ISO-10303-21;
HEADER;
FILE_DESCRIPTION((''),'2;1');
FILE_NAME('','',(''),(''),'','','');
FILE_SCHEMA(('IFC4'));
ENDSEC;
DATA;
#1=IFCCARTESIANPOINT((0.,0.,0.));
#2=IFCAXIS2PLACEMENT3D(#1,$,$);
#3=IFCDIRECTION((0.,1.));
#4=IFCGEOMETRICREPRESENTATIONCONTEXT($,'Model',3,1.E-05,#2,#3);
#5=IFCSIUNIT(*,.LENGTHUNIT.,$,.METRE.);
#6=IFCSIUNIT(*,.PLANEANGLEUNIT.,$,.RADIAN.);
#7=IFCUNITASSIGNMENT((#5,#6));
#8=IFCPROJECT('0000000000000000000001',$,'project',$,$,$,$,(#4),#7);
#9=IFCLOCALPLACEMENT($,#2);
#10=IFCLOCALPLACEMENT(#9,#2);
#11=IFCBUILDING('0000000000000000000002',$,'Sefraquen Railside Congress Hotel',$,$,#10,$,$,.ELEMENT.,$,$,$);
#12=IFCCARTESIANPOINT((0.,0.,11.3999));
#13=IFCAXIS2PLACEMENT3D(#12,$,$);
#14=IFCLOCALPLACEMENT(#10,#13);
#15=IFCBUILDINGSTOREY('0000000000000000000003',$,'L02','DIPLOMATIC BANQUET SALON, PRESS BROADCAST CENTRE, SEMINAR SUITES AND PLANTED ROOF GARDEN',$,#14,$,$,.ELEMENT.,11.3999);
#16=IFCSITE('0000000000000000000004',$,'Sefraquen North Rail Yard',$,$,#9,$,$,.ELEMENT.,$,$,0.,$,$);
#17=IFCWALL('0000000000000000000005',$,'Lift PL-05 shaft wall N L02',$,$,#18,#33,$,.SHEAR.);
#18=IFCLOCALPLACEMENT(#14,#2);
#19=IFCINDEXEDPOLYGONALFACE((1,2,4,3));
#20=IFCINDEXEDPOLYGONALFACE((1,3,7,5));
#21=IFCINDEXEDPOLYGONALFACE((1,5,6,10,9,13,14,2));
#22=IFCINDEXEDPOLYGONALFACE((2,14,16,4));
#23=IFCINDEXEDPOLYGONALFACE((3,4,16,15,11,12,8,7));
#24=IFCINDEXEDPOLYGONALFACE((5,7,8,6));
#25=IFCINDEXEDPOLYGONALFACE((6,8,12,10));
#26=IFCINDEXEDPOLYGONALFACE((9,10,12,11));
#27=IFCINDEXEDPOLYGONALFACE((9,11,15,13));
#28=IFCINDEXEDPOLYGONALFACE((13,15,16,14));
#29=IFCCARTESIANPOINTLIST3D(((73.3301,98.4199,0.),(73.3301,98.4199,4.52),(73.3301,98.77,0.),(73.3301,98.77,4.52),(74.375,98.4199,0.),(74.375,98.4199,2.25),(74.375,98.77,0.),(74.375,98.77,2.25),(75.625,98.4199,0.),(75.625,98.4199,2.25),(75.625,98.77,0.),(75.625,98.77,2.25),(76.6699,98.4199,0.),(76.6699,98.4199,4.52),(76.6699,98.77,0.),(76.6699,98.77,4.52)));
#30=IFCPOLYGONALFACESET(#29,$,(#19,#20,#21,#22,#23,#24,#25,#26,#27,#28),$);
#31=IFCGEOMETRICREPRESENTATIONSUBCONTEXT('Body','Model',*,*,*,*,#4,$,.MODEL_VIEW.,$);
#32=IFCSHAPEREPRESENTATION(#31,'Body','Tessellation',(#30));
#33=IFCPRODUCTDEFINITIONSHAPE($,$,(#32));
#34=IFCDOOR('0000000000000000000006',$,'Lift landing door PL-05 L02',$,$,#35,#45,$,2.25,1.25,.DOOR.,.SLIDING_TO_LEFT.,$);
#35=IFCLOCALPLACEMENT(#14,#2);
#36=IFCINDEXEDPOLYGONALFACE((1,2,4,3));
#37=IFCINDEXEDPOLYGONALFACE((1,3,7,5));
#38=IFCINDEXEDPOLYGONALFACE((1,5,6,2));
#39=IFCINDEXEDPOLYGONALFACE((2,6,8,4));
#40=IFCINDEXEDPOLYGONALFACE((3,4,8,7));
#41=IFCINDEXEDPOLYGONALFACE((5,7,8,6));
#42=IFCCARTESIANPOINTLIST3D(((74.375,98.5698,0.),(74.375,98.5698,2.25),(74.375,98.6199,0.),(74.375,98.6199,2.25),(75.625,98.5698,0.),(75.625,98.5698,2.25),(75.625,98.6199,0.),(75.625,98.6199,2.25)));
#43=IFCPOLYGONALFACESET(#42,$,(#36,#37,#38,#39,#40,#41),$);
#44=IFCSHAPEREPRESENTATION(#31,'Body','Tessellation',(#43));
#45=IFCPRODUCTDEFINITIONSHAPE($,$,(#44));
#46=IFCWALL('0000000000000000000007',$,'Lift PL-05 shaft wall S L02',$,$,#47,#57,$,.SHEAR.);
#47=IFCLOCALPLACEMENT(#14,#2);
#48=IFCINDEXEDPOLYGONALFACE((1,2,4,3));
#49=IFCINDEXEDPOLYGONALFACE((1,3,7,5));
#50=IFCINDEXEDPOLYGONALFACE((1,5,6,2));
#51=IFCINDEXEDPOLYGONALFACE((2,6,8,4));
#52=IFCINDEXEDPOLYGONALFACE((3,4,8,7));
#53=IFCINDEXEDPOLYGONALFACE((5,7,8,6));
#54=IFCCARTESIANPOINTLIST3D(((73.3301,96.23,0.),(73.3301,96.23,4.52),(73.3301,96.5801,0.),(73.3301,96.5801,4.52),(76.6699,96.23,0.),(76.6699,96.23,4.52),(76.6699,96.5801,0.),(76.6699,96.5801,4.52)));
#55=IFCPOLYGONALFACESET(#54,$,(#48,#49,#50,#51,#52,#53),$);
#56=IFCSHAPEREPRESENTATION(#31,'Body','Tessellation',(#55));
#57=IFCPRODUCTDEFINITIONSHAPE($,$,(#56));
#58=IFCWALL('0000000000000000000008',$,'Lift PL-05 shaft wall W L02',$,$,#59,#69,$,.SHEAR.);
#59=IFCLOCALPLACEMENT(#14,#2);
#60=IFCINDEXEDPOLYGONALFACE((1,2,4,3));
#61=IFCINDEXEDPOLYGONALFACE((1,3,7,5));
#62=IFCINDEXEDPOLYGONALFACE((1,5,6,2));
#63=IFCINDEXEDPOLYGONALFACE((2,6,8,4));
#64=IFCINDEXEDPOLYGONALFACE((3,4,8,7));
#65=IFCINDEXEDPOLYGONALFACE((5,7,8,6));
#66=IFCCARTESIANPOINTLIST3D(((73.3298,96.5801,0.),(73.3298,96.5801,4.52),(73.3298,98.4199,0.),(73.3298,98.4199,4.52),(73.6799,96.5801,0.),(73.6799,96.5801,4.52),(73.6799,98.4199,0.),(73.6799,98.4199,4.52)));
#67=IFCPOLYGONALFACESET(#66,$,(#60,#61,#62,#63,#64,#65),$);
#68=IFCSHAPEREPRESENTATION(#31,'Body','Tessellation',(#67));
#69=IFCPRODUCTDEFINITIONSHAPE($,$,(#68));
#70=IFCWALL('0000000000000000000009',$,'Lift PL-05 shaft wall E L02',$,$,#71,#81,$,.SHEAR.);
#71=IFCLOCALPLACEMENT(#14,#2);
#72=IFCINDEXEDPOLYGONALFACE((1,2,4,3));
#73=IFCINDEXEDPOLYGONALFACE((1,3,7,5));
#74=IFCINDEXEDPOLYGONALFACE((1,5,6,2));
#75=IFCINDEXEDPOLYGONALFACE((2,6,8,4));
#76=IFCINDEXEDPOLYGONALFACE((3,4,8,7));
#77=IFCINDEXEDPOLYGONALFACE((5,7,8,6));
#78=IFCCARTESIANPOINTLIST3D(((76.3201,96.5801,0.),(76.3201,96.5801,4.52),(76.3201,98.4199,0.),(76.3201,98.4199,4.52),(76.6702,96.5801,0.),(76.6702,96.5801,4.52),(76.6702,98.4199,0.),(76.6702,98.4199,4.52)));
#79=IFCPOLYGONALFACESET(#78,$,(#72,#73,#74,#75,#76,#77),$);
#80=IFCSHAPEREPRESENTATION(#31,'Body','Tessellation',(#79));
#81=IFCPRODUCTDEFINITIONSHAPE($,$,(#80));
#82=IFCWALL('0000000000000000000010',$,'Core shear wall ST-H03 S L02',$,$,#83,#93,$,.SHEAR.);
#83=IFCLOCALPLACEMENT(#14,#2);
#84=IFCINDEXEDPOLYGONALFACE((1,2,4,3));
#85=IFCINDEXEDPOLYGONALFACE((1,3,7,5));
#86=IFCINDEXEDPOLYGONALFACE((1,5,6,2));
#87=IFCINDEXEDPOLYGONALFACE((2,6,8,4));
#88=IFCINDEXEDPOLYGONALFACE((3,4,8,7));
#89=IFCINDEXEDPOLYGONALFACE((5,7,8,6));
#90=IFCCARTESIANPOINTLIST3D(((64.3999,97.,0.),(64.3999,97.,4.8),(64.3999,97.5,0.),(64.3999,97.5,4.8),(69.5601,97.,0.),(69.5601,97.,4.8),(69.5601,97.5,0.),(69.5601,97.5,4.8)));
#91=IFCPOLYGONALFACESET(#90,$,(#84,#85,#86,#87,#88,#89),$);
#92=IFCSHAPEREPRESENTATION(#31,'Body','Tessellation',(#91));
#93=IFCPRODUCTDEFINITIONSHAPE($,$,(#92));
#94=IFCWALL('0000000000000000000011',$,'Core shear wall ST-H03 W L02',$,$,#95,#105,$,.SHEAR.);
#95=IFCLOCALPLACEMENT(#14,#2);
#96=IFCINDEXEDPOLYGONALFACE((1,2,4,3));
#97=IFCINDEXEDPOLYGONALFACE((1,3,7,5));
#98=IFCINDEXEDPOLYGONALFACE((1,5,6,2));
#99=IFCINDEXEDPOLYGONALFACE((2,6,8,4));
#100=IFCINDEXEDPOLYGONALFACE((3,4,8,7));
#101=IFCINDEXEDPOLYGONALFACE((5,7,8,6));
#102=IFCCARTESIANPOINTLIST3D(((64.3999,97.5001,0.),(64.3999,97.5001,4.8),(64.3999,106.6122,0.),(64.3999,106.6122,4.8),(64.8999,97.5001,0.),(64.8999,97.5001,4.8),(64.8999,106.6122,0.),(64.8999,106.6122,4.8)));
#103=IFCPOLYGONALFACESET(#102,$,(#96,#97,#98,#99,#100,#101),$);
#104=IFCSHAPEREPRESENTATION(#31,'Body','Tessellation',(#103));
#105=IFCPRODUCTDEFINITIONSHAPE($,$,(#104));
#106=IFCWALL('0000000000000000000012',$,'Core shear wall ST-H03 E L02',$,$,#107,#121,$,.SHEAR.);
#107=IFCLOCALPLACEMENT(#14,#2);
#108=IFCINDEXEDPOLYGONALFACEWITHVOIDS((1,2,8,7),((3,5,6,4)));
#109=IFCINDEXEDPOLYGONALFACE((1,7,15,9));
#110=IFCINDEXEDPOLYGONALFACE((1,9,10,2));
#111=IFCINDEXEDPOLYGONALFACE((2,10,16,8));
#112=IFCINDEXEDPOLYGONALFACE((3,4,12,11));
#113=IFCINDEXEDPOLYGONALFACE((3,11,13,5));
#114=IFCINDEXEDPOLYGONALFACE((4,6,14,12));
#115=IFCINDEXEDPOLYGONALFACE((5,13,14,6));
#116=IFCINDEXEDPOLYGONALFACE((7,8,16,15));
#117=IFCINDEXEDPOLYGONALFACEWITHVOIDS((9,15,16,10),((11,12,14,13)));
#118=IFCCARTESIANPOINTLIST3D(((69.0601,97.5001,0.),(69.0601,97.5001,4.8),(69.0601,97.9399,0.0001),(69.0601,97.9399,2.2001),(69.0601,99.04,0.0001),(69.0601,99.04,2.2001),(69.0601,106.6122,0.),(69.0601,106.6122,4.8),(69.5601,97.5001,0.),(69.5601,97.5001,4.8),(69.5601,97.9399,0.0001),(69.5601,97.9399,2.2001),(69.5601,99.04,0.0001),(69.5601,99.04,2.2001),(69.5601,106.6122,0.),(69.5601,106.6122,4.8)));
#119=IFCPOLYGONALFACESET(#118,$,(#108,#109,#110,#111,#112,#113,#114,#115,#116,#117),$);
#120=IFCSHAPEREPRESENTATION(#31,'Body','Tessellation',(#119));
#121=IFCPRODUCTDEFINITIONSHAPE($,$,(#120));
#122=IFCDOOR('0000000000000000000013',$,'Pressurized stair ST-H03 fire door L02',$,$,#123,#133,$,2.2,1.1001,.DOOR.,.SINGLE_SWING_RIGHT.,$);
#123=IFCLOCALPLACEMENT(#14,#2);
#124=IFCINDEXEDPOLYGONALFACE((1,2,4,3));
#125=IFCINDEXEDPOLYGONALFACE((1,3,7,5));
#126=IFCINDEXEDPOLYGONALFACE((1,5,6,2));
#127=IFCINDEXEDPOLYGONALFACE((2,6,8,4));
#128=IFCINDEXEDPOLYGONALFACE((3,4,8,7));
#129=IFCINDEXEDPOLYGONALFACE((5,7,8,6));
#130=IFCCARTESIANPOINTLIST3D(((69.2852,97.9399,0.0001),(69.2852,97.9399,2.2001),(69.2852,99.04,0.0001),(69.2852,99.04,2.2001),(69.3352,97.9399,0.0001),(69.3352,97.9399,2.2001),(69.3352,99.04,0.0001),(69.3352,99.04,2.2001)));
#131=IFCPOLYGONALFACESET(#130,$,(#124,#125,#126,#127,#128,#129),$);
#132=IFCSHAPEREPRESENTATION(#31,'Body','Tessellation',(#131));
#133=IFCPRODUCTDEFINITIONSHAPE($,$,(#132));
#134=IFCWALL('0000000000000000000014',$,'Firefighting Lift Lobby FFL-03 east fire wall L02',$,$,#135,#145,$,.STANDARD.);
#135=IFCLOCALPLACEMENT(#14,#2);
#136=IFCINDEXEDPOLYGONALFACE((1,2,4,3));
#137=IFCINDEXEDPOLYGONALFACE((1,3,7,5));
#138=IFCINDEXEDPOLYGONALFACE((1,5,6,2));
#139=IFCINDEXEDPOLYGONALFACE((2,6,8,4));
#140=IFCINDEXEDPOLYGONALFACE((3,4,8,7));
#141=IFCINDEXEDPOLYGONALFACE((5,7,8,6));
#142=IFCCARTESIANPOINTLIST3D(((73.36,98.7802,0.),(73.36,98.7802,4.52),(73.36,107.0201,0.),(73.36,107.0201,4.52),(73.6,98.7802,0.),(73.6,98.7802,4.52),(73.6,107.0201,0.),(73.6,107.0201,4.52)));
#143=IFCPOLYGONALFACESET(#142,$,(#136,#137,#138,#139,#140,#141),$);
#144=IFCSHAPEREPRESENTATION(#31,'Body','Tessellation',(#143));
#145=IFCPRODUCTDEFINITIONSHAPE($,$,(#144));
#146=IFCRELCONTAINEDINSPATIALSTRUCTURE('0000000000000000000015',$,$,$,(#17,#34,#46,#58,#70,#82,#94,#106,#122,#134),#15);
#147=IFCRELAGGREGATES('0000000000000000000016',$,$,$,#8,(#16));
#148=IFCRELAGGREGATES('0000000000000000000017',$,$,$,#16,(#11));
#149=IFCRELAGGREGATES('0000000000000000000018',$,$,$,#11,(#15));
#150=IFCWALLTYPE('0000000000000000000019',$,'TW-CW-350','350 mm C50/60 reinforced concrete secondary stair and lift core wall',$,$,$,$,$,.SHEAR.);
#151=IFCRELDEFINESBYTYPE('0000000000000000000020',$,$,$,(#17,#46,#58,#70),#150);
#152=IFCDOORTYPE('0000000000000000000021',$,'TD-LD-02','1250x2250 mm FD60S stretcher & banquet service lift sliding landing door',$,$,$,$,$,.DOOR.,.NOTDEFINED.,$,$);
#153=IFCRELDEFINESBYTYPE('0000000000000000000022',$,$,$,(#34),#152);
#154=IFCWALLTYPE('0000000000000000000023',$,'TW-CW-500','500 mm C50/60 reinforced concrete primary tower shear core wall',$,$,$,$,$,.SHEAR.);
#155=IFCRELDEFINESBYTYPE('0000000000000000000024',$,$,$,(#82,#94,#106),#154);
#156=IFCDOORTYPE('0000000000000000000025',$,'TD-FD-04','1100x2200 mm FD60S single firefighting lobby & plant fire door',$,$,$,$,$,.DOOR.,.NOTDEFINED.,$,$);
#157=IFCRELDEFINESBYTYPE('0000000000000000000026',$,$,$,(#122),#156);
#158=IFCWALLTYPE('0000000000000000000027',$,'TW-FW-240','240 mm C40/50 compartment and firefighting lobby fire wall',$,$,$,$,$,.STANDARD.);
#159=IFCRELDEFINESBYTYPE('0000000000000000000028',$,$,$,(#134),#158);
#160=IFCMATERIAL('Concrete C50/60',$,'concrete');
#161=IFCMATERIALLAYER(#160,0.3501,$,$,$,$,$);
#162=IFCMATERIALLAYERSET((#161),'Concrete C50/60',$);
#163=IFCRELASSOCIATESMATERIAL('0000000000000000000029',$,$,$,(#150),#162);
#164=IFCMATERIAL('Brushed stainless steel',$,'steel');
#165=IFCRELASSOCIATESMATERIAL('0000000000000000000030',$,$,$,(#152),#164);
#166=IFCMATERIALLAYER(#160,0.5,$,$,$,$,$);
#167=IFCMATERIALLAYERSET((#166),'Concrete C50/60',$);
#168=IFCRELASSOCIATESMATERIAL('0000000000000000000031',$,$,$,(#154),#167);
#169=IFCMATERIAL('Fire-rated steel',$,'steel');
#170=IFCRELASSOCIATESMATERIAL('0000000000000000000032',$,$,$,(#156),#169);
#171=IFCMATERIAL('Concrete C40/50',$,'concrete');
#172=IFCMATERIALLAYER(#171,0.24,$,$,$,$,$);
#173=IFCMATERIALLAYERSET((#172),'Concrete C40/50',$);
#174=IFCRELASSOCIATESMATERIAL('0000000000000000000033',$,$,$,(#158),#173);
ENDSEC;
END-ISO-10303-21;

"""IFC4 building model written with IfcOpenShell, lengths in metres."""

from ifc_helpers import new_model, si_unit, direction, frame, frame_2d, origin, place, context, subcontext, project, spatial, rectangle, extrude, material, layer, layer_set, type_object, element, fill, save


model = new_model("IFC4")

# Units and contexts
model_context = context("Model", 3, precision=1e-05, world=origin(), true_north=direction((0.0, 1.0)))
body_context = subcontext(model_context, "Body", "Model", "MODEL_VIEW")
ifc_project = project(units=[si_unit("LENGTHUNIT", "METRE"), si_unit("PLANEANGLEUNIT", "RADIAN")], contexts=[model_context])

# Site, building, storey
site_placement = place(None, origin())
site = spatial("IfcSite", under=ifc_project, at=site_placement, Name="Sefraquen North Rail Yard", CompositionType="ELEMENT", RefElevation=0.0)
building_placement = place(site_placement, origin())
building = spatial("IfcBuilding", under=site, at=building_placement, Name="Sefraquen Railside Congress Hotel", CompositionType="ELEMENT")
storey_placement = place(building_placement, frame((0.0, 0.0, 11.3999)))
storey = spatial("IfcBuildingStorey", under=building, at=storey_placement, Name="L02", Description="DIPLOMATIC BANQUET SALON, PRESS BROADCAST CENTRE, SEMINAR SUITES AND PLANTED ROOF GARDEN", CompositionType="ELEMENT", Elevation=11.3999)

# Shared definitions
ifc_material_1 = material(Name="Concrete C50/60", Category="concrete")

# Shared definitions
ifc_layer_1 = layer(ifc_material_1, 0.3501)
ifc_layer_set_1 = layer_set([ifc_layer_1], Name="Concrete C50/60")
wall_type_1 = type_object("IfcWallType", Name="TW-CW-350", Description="350 mm C50/60 reinforced concrete secondary stair and lift core wall", PredefinedType="SHEAR", material=ifc_layer_set_1)

# Wall, opening, door
wall_1_placement = place(storey_placement, frame((73.3301, 98.595, 0.0), z_axis=(0.0, 0.0, 1.0), x_axis=(1.0, 0.0, 0.0)))
wall_1 = element("IfcWall", 1, at=wall_1_placement, inside=storey, type_object=wall_type_1, Name="Lift PL-05 shaft wall N L02", PredefinedType="SHEAR", context=body_context, shape_type="SweptSolid", body=[
    extrude(rectangle(XDim=3.3398, YDim=0.3501, at=frame_2d((1.6699, 0.0))), origin(), (0.0, 0.0, 1.0), 4.52),
])
opening_1_placement = place(wall_1_placement, frame((1.0449, 0.0, 0.0)))
opening_1 = element("IfcOpeningElement", 2, at=opening_1_placement, cuts=wall_1, PredefinedType="OPENING", context=body_context, shape_type="SweptSolid", body=[
    extrude(rectangle(XDim=1.25, YDim=2.25, at=frame_2d((0.625, 1.125))), frame((0.0, 0.1851, 0.0), z_axis=(0.0, -1.0, 0.0), x_axis=(1.0, 0.0, 0.0)), (0.0, 0.0, 1.0), 0.3701),
])
ifc_material_2 = material(Name="Brushed stainless steel", Category="steel")
door_type_1 = type_object("IfcDoorType", Name="TD-LD-02", Description="1250x2250 mm FD60S stretcher & banquet service lift sliding landing door", OperationType="NOTDEFINED", PredefinedType="DOOR", material=ifc_material_2)
door_1_placement = place(opening_1_placement, origin())
door_1 = element("IfcDoor", 3, at=door_1_placement, inside=storey, type_object=door_type_1, Name="Lift landing door PL-05 L02", OperationType="SLIDING_TO_LEFT", OverallHeight=2.25, OverallWidth=1.25, PredefinedType="DOOR", context=body_context, shape_type="SweptSolid", body=[
    extrude(rectangle(XDim=1.25, YDim=2.25, at=frame_2d((0.625, 1.125))), frame((0.0, 0.0249, 0.0), z_axis=(0.0, -1.0, 0.0), x_axis=(1.0, 0.0, 0.0)), (0.0, 0.0, 1.0), 0.05),
])
fill(opening_1, door_1)

# Walls
wall_2_placement = place(storey_placement, frame((73.3301, 96.405, 0.0), z_axis=(0.0, 0.0, 1.0), x_axis=(1.0, 0.0, 0.0)))
element("IfcWall", 4, at=wall_2_placement, inside=storey, type_object=wall_type_1, Name="Lift PL-05 shaft wall S L02", PredefinedType="SHEAR", context=body_context, shape_type="SweptSolid", body=[
    extrude(rectangle(XDim=3.3398, YDim=0.3501, at=frame_2d((1.6699, 0.0))), origin(), (0.0, 0.0, 1.0), 4.52),
])
for number, where, z_axis, x_axis, name in (
    (5, (73.5049, 96.5801, 0.0), (0.0, 0.0, 1.0), (0.0, 1.0, 0.0), "Lift PL-05 shaft wall W L02"),
    (6, (76.4951, 96.5801, 0.0), (0.0, 0.0, 1.0), (0.0, 1.0, 0.0), "Lift PL-05 shaft wall E L02"),
):
    element("IfcWall", number, at=place(storey_placement, frame(where, z_axis=z_axis, x_axis=x_axis)), inside=storey, type_object=wall_type_1, Name=name, PredefinedType="SHEAR", context=body_context, shape_type="SweptSolid", body=[
        extrude(rectangle(XDim=1.8398, YDim=0.3501, at=frame_2d((0.9199, 0.0))), origin(), (0.0, 0.0, 1.0), 4.52),
    ])
ifc_layer_2 = layer(ifc_material_1, 0.5)
ifc_layer_set_2 = layer_set([ifc_layer_2], Name="Concrete C50/60")
wall_type_2 = type_object("IfcWallType", Name="TW-CW-500", Description="500 mm C50/60 reinforced concrete primary tower shear core wall", PredefinedType="SHEAR", material=ifc_layer_set_2)
wall_3_placement = place(storey_placement, frame((64.3999, 97.25, 0.0), z_axis=(0.0, 0.0, 1.0), x_axis=(1.0, 0.0, 0.0)))
element("IfcWall", 7, at=wall_3_placement, inside=storey, type_object=wall_type_2, Name="Core shear wall ST-H03 S L02", PredefinedType="SHEAR", context=body_context, shape_type="SweptSolid", body=[
    extrude(rectangle(XDim=5.1602, YDim=0.5, at=frame_2d((2.5801, 0.0))), origin(), (0.0, 0.0, 1.0), 4.8),
])
wall_4_placement = place(storey_placement, frame((64.6499, 97.5, 0.0), z_axis=(0.0, 0.0, 1.0), x_axis=(0.0, 1.0, 0.0)))
element("IfcWall", 8, at=wall_4_placement, inside=storey, type_object=wall_type_2, Name="Core shear wall ST-H03 W L02", PredefinedType="SHEAR", context=body_context, shape_type="SweptSolid", body=[
    extrude(rectangle(XDim=9.1121, YDim=0.5, at=frame_2d((4.5562, 0.0))), origin(), (0.0, 0.0, 1.0), 4.8),
])

# Wall, opening, door
wall_5_placement = place(storey_placement, frame((69.3101, 97.5, 0.0), z_axis=(0.0, 0.0, 1.0), x_axis=(0.0, 1.0, 0.0)))
wall_5 = element("IfcWall", 9, at=wall_5_placement, inside=storey, type_object=wall_type_2, Name="Core shear wall ST-H03 E L02", PredefinedType="SHEAR", context=body_context, shape_type="SweptSolid", body=[
    extrude(rectangle(XDim=9.1121, YDim=0.5, at=frame_2d((4.5562, 0.0))), origin(), (0.0, 0.0, 1.0), 4.8),
])
opening_2_placement = place(wall_5_placement, frame((0.4399, 0.0, 0.0)))
opening_2 = element("IfcOpeningElement", 10, at=opening_2_placement, cuts=wall_5, PredefinedType="OPENING", context=body_context, shape_type="SweptSolid", body=[
    extrude(rectangle(XDim=1.1001, YDim=2.2, at=frame_2d((0.55, 1.1001))), frame((0.0, 0.26, 0.0), z_axis=(0.0, -1.0, 0.0), x_axis=(1.0, 0.0, 0.0)), (0.0, 0.0, 1.0), 0.52),
])
ifc_material_3 = material(Name="Fire-rated steel", Category="steel")
door_type_2 = type_object("IfcDoorType", Name="TD-FD-04", Description="1100x2200 mm FD60S single firefighting lobby & plant fire door", OperationType="NOTDEFINED", PredefinedType="DOOR", material=ifc_material_3)
door_2_placement = place(opening_2_placement, origin())
door_2 = element("IfcDoor", 11, at=door_2_placement, inside=storey, type_object=door_type_2, Name="Pressurized stair ST-H03 fire door L02", OperationType="SINGLE_SWING_RIGHT", OverallHeight=2.2, OverallWidth=1.1001, PredefinedType="DOOR", context=body_context, shape_type="SweptSolid", body=[
    extrude(rectangle(XDim=1.1001, YDim=2.2, at=frame_2d((0.55, 1.1001))), frame((0.0, 0.0249, 0.0), z_axis=(0.0, -1.0, 0.0), x_axis=(1.0, 0.0, 0.0)), (0.0, 0.0, 1.0), 0.05),
])
fill(opening_2, door_2)

# Wall
ifc_material_4 = material(Name="Concrete C40/50", Category="concrete")
ifc_layer_3 = layer(ifc_material_4, 0.24)
ifc_layer_set_3 = layer_set([ifc_layer_3], Name="Concrete C40/50")
wall_type_3 = type_object("IfcWallType", Name="TW-FW-240", Description="240 mm C40/50 compartment and firefighting lobby fire wall", PredefinedType="STANDARD", material=ifc_layer_set_3)
wall_6_placement = place(storey_placement, frame((73.48, 98.78, 0.0), z_axis=(0.0, 0.0, 1.0), x_axis=(0.0, 1.0, 0.0)))
element("IfcWall", 12, at=wall_6_placement, inside=storey, type_object=wall_type_3, Name="Firefighting Lift Lobby FFL-03 east fire wall L02", PredefinedType="STANDARD", context=body_context, shape_type="SweptSolid", body=[
    extrude(rectangle(XDim=8.24, YDim=0.24, at=frame_2d((4.1201, 0.0))), origin(), (0.0, 0.0, 1.0), 4.52),
])

save(model, "model.ifc")
